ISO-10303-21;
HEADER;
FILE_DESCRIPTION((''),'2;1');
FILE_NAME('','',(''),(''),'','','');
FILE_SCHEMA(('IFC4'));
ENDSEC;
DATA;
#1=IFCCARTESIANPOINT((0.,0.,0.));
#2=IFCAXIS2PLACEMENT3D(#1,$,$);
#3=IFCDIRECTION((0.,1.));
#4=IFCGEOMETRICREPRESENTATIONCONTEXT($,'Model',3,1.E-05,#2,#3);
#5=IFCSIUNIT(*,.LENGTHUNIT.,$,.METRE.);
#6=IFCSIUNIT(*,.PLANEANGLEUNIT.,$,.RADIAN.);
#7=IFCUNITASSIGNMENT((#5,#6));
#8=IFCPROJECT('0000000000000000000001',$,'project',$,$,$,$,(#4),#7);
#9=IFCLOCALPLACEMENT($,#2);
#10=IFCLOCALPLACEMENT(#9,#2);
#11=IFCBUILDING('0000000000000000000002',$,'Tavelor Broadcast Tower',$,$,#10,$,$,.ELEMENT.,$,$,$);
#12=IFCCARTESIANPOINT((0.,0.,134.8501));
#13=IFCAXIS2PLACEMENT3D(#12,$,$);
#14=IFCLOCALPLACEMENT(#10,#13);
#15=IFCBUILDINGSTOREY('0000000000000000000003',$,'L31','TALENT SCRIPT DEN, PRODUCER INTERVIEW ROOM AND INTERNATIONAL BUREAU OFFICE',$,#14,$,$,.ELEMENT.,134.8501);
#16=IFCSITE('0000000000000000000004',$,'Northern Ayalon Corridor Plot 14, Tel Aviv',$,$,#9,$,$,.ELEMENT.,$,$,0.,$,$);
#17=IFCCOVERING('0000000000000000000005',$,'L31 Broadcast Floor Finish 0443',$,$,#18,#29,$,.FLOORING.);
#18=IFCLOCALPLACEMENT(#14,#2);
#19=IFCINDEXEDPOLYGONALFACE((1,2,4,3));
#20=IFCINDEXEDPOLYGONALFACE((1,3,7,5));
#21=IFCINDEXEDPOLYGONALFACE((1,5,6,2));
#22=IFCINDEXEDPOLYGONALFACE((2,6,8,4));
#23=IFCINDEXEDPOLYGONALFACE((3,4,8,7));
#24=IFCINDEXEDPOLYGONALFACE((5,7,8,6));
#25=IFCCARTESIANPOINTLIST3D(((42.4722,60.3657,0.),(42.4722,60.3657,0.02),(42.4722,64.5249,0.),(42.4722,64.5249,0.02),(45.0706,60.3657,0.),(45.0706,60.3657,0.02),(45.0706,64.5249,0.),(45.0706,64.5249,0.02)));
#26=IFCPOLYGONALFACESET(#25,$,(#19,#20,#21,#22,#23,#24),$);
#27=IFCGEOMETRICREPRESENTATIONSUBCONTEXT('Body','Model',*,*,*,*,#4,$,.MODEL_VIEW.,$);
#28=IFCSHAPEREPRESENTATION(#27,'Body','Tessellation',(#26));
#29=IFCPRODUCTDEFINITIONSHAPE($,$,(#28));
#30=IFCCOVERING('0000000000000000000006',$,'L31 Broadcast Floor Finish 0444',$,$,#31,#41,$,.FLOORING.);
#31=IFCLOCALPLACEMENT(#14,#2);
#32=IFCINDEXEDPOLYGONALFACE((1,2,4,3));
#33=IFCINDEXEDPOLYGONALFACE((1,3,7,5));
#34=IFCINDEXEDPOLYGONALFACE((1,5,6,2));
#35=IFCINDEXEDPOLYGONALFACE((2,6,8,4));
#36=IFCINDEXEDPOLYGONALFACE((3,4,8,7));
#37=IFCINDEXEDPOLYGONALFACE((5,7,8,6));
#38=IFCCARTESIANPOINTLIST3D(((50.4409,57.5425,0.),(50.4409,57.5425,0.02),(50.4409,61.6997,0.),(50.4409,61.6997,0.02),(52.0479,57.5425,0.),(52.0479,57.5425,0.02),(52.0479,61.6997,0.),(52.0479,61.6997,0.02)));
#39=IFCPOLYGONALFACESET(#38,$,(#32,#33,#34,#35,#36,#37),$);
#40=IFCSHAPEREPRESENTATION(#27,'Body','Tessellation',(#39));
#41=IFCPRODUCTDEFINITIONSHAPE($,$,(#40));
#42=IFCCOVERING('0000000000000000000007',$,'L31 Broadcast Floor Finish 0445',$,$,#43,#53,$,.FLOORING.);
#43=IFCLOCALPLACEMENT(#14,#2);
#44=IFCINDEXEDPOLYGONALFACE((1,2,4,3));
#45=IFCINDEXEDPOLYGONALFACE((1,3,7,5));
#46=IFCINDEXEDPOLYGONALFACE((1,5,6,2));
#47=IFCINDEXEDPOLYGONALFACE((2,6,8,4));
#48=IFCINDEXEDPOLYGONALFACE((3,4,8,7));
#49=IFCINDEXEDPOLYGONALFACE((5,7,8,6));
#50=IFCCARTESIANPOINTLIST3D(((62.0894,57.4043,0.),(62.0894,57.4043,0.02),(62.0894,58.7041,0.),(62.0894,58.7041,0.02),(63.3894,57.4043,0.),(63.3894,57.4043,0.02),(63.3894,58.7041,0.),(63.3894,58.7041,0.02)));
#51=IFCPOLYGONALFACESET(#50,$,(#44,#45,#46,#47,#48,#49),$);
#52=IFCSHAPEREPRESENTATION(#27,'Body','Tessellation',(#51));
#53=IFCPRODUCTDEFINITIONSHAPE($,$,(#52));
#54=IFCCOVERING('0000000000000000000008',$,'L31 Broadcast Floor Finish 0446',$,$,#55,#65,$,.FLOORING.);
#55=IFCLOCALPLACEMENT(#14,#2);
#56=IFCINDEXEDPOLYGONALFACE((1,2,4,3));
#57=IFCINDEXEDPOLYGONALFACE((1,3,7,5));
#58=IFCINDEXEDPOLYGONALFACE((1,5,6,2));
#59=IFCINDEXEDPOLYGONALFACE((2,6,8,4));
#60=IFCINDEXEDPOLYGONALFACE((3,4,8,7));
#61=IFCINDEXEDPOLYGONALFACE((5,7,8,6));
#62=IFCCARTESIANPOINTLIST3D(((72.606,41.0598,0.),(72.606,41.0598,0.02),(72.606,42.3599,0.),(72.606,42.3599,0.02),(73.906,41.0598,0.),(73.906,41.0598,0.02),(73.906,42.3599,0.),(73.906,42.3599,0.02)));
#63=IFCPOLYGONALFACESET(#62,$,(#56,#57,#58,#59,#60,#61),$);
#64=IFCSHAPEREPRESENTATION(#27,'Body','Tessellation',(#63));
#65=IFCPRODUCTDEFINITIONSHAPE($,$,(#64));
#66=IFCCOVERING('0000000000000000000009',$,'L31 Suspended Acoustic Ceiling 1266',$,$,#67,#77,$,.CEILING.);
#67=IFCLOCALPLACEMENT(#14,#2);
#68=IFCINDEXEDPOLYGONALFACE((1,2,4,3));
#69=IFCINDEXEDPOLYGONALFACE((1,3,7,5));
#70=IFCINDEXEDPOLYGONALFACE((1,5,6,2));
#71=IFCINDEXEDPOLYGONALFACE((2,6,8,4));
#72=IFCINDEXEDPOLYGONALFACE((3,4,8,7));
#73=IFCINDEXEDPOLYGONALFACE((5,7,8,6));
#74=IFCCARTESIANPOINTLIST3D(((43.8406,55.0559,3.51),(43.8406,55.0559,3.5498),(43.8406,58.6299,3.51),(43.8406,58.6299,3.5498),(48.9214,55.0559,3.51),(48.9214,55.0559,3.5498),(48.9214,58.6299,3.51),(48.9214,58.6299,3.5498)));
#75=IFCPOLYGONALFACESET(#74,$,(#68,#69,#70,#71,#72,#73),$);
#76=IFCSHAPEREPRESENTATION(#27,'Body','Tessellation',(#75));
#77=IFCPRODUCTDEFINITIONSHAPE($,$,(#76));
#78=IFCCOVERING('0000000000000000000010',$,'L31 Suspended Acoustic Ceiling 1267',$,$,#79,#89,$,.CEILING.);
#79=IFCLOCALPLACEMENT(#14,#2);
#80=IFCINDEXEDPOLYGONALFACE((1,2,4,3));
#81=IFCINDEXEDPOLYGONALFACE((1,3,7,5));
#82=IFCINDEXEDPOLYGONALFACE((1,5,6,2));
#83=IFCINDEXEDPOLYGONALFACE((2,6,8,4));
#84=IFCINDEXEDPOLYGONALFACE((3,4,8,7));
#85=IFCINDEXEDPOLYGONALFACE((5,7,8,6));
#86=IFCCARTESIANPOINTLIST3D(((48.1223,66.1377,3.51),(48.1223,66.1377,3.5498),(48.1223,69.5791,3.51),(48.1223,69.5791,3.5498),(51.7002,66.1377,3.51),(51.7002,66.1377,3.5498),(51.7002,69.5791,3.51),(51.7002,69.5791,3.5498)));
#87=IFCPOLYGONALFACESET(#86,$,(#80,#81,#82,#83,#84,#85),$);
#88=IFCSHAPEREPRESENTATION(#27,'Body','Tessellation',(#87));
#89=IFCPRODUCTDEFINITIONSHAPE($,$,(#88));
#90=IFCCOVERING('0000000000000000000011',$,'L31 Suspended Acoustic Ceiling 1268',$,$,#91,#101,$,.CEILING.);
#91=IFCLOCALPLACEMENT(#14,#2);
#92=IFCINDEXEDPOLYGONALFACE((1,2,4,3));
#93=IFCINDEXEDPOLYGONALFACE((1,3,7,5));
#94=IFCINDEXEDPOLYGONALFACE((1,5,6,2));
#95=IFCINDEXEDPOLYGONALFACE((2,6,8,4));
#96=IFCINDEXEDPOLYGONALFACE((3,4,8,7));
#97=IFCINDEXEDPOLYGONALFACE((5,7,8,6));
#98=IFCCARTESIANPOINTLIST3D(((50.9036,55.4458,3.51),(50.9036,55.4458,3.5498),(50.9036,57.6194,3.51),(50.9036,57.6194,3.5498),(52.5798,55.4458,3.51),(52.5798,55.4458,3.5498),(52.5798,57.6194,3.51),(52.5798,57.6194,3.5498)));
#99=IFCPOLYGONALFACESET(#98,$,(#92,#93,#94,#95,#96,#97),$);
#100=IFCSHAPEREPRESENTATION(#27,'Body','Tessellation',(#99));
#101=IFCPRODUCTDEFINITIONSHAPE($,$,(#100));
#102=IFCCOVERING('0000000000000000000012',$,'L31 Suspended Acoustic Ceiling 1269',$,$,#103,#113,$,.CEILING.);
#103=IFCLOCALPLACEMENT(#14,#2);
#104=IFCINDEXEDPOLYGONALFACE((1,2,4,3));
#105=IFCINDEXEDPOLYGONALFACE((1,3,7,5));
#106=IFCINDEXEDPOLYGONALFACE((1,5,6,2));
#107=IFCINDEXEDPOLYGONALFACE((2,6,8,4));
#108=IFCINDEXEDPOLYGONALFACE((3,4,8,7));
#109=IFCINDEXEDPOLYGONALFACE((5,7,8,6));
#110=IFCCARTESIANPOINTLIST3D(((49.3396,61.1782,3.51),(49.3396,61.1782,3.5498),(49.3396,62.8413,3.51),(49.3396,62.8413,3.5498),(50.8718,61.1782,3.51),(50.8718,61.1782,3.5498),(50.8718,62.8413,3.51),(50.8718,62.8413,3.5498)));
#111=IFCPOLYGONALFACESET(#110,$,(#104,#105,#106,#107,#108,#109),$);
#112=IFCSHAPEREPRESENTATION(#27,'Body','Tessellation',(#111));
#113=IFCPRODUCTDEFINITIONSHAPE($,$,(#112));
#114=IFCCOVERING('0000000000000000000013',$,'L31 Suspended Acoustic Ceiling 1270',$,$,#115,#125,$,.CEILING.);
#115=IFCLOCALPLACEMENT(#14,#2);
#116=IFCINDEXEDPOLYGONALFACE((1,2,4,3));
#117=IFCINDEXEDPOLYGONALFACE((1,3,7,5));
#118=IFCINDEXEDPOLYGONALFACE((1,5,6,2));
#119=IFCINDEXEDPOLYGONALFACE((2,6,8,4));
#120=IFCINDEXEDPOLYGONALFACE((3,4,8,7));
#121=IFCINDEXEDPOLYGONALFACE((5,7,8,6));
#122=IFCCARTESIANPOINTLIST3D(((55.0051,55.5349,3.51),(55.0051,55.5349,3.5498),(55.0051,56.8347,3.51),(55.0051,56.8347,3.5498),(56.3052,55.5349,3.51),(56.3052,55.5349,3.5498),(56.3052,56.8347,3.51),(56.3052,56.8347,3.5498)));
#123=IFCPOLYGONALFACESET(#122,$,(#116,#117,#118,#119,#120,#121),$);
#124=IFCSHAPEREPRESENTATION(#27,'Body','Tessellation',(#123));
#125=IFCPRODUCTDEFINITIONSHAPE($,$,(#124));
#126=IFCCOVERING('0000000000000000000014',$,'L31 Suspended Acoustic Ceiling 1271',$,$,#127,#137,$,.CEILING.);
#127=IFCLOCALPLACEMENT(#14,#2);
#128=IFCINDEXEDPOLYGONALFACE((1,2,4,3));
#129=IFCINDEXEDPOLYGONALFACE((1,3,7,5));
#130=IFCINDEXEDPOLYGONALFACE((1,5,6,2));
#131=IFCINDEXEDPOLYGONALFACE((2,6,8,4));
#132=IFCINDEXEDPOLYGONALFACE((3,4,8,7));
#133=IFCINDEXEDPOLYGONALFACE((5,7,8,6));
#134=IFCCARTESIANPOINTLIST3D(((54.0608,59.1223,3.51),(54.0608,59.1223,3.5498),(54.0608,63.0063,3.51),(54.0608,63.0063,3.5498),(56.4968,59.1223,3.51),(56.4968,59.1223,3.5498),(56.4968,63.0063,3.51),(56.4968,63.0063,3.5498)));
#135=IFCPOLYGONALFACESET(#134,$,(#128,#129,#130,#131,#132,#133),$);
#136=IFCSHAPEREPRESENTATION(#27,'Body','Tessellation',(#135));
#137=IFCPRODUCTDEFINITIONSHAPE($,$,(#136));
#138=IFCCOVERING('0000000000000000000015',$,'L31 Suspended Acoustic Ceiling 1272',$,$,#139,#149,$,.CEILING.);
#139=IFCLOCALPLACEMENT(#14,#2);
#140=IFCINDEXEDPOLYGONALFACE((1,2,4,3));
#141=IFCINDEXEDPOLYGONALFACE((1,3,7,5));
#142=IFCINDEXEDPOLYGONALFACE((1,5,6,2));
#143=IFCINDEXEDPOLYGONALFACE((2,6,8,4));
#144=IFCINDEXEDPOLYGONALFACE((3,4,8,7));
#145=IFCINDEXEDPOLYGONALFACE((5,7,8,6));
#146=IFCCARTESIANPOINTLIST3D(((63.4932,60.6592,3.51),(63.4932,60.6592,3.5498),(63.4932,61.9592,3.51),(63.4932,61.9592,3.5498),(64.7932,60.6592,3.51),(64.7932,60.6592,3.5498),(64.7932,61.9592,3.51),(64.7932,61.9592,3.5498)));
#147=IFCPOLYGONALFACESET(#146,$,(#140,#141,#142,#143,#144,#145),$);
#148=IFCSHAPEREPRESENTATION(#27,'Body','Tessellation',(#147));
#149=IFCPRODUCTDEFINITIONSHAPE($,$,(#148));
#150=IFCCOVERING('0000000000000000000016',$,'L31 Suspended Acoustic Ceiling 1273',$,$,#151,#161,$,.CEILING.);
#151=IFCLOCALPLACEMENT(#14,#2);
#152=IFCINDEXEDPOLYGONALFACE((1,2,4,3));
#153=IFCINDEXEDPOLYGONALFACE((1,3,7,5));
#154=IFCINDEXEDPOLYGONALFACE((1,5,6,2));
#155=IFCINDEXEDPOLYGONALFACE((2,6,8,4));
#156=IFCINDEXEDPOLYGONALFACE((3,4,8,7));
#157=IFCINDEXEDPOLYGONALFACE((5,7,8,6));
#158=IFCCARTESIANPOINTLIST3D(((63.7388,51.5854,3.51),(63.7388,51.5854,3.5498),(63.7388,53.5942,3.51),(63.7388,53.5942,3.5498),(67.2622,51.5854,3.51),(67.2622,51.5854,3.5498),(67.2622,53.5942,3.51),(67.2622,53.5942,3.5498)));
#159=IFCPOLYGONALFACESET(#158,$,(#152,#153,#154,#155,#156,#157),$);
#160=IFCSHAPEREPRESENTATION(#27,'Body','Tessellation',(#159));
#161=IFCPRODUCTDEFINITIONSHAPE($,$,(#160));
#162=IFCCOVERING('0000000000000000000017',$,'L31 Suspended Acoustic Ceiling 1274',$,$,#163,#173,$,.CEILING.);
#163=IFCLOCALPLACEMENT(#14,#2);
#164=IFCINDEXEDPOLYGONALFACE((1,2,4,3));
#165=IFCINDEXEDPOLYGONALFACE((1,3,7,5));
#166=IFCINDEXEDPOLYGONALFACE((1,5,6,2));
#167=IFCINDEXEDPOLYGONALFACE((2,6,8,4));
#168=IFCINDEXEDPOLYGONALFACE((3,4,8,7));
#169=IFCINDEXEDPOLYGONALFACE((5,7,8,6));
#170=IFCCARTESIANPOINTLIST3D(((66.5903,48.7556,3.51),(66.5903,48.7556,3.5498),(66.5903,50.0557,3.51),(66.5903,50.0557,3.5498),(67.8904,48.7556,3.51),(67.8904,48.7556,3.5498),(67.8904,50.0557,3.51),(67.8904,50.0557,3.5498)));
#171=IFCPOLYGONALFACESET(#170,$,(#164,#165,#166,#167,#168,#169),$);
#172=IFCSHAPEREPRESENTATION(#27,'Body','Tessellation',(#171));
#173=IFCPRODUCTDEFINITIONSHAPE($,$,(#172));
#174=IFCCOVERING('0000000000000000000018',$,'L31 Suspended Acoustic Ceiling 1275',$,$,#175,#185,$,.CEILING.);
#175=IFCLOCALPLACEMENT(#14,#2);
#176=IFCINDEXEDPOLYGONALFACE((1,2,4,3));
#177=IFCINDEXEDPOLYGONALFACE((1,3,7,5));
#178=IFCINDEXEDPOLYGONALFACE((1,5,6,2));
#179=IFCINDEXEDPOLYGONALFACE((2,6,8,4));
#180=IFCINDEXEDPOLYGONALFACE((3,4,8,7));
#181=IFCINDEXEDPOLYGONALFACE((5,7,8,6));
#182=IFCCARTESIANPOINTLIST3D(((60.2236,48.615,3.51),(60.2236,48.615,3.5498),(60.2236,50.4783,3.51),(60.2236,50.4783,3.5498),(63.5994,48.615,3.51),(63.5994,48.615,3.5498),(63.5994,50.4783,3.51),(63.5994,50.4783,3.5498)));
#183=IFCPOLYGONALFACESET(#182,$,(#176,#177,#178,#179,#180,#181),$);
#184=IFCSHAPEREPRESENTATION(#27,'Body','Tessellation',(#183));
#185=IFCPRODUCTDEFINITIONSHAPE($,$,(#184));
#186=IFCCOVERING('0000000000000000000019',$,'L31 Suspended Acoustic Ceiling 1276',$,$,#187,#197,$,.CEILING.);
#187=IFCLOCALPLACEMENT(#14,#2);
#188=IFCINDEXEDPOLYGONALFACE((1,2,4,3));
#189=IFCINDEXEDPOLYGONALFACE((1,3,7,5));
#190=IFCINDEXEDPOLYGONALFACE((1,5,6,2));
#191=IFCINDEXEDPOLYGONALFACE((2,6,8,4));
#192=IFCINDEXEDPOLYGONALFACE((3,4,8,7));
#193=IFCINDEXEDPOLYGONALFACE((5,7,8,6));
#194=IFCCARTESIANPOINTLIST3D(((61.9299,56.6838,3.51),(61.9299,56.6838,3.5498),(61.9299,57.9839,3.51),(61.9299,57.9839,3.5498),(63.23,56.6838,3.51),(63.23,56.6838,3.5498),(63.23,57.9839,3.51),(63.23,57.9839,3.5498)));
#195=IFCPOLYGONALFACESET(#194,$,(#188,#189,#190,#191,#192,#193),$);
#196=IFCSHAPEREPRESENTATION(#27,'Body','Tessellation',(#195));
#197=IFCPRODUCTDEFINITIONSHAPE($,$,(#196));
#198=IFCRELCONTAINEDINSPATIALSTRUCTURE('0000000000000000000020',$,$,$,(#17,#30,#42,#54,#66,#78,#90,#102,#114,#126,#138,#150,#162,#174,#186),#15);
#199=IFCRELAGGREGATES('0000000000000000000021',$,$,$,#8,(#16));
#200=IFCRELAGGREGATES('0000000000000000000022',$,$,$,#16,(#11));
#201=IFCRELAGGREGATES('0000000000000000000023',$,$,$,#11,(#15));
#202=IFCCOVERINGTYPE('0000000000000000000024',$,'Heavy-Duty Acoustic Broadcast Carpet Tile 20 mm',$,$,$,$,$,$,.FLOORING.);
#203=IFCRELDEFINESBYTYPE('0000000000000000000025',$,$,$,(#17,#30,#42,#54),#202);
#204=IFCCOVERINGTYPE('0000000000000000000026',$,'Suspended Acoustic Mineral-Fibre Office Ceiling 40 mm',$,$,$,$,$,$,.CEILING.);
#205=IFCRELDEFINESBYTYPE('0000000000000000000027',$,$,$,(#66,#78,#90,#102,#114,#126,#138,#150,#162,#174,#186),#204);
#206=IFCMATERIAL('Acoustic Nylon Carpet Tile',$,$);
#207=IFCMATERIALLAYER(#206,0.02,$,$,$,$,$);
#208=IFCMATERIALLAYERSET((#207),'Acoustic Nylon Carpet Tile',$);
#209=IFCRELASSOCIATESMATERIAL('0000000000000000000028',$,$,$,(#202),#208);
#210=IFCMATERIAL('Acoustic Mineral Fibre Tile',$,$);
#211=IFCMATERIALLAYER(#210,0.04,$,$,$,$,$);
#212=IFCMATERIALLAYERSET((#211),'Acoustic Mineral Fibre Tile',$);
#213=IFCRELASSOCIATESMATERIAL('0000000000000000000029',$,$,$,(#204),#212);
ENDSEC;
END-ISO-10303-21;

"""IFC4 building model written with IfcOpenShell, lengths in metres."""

from ifc_helpers import new_model, si_unit, direction, frame, origin, place, context, subcontext, project, spatial, polyline, outline, extrude, material, layer, layer_set, type_object, element, save


model = new_model("IFC4")

# Units and contexts
model_context = context("Model", 3, precision=1e-05, world=origin(), true_north=direction((0.0, 1.0)))
body_context = subcontext(model_context, "Body", "Model", "MODEL_VIEW")
ifc_project = project(units=[si_unit("LENGTHUNIT", "METRE"), si_unit("PLANEANGLEUNIT", "RADIAN")], contexts=[model_context])

# Site, building, storey
site_placement = place(None, origin())
site = spatial("IfcSite", under=ifc_project, at=site_placement, Name="Northern Ayalon Corridor Plot 14, Tel Aviv", CompositionType="ELEMENT", RefElevation=0.0)
building_placement = place(site_placement, origin())
building = spatial("IfcBuilding", under=site, at=building_placement, Name="Tavelor Broadcast Tower", CompositionType="ELEMENT")
storey_placement = place(building_placement, frame((0.0, 0.0, 134.8501)))
storey = spatial("IfcBuildingStorey", under=building, at=storey_placement, Name="L31", Description="TALENT SCRIPT DEN, PRODUCER INTERVIEW ROOM AND INTERNATIONAL BUREAU OFFICE", CompositionType="ELEMENT", Elevation=134.8501)

# Coverings
ifc_material_1 = material(Name="Acoustic Nylon Carpet Tile")
ifc_layer_1 = layer(ifc_material_1, 0.02)
ifc_layer_set_1 = layer_set([ifc_layer_1], Name="Acoustic Nylon Carpet Tile")
covering_type_1 = type_object("IfcCoveringType", Name="Heavy-Duty Acoustic Broadcast Carpet Tile 20 mm", PredefinedType="FLOORING", material=ifc_layer_set_1)
covering_1_placement = place(storey_placement, origin())
element("IfcCovering", 1, at=covering_1_placement, inside=storey, type_object=covering_type_1, Name="L31 Broadcast Floor Finish 0443", PredefinedType="FLOORING", context=body_context, shape_type="SweptSolid", body=[
    extrude(outline(polyline([(42.4722, 60.3657), (45.0706, 60.3657), (45.0706, 64.5249), (42.4722, 64.5249), (42.4722, 60.3657)])), origin(), (0.0, 0.0, 1.0), 0.02),
])
covering_2_placement = place(storey_placement, origin())
element("IfcCovering", 2, at=covering_2_placement, inside=storey, type_object=covering_type_1, Name="L31 Broadcast Floor Finish 0444", PredefinedType="FLOORING", context=body_context, shape_type="SweptSolid", body=[
    extrude(outline(polyline([(50.4409, 57.5425), (52.0479, 57.5425), (52.0479, 61.6997), (50.4409, 61.6997), (50.4409, 57.5425)])), origin(), (0.0, 0.0, 1.0), 0.02),
])
covering_3_placement = place(storey_placement, origin())
element("IfcCovering", 3, at=covering_3_placement, inside=storey, type_object=covering_type_1, Name="L31 Broadcast Floor Finish 0445", PredefinedType="FLOORING", context=body_context, shape_type="SweptSolid", body=[
    extrude(outline(polyline([(62.0894, 57.4043), (63.3894, 57.4043), (63.3894, 58.7041), (62.0894, 58.7041), (62.0894, 57.4043)])), origin(), (0.0, 0.0, 1.0), 0.02),
])
covering_4_placement = place(storey_placement, origin())
element("IfcCovering", 4, at=covering_4_placement, inside=storey, type_object=covering_type_1, Name="L31 Broadcast Floor Finish 0446", PredefinedType="FLOORING", context=body_context, shape_type="SweptSolid", body=[
    extrude(outline(polyline([(72.606, 41.0598), (73.906, 41.0598), (73.906, 42.3599), (72.606, 42.3599), (72.606, 41.0598)])), origin(), (0.0, 0.0, 1.0), 0.02),
])
ifc_material_2 = material(Name="Acoustic Mineral Fibre Tile")
ifc_layer_2 = layer(ifc_material_2, 0.04)
ifc_layer_set_2 = layer_set([ifc_layer_2], Name="Acoustic Mineral Fibre Tile")
covering_type_2 = type_object("IfcCoveringType", Name="Suspended Acoustic Mineral-Fibre Office Ceiling 40 mm", PredefinedType="CEILING", material=ifc_layer_set_2)
covering_5_placement = place(storey_placement, frame((0.0, 0.0, 3.51)))
element("IfcCovering", 5, at=covering_5_placement, inside=storey, type_object=covering_type_2, Name="L31 Suspended Acoustic Ceiling 1266", PredefinedType="CEILING", context=body_context, shape_type="SweptSolid", body=[
    extrude(outline(polyline([(43.8406, 55.0559), (48.9214, 55.0559), (48.9214, 58.6299), (43.8406, 58.6299), (43.8406, 55.0559)])), origin(), (0.0, 0.0, 1.0), 0.0398),
])
covering_6_placement = place(storey_placement, frame((0.0, 0.0, 3.51)))
element("IfcCovering", 6, at=covering_6_placement, inside=storey, type_object=covering_type_2, Name="L31 Suspended Acoustic Ceiling 1267", PredefinedType="CEILING", context=body_context, shape_type="SweptSolid", body=[
    extrude(outline(polyline([(48.1223, 66.1377), (51.7002, 66.1377), (51.7002, 69.5791), (48.1223, 69.5791), (48.1223, 66.1377)])), origin(), (0.0, 0.0, 1.0), 0.0398),
])
covering_7_placement = place(storey_placement, frame((0.0, 0.0, 3.51)))
element("IfcCovering", 7, at=covering_7_placement, inside=storey, type_object=covering_type_2, Name="L31 Suspended Acoustic Ceiling 1268", PredefinedType="CEILING", context=body_context, shape_type="SweptSolid", body=[
    extrude(outline(polyline([(50.9036, 55.4458), (52.5798, 55.4458), (52.5798, 57.6194), (50.9036, 57.6194), (50.9036, 55.4458)])), origin(), (0.0, 0.0, 1.0), 0.0398),
])
covering_8_placement = place(storey_placement, frame((0.0, 0.0, 3.51)))
element("IfcCovering", 8, at=covering_8_placement, inside=storey, type_object=covering_type_2, Name="L31 Suspended Acoustic Ceiling 1269", PredefinedType="CEILING", context=body_context, shape_type="SweptSolid", body=[
    extrude(outline(polyline([(49.3396, 61.1782), (50.8718, 61.1782), (50.8718, 62.8413), (49.3396, 62.8413), (49.3396, 61.1782)])), origin(), (0.0, 0.0, 1.0), 0.0398),
])
covering_9_placement = place(storey_placement, frame((0.0, 0.0, 3.51)))
element("IfcCovering", 9, at=covering_9_placement, inside=storey, type_object=covering_type_2, Name="L31 Suspended Acoustic Ceiling 1270", PredefinedType="CEILING", context=body_context, shape_type="SweptSolid", body=[
    extrude(outline(polyline([(55.0051, 55.5349), (56.3052, 55.5349), (56.3052, 56.8347), (55.0051, 56.8347), (55.0051, 55.5349)])), origin(), (0.0, 0.0, 1.0), 0.0398),
])
covering_10_placement = place(storey_placement, frame((0.0, 0.0, 3.51)))
element("IfcCovering", 10, at=covering_10_placement, inside=storey, type_object=covering_type_2, Name="L31 Suspended Acoustic Ceiling 1271", PredefinedType="CEILING", context=body_context, shape_type="SweptSolid", body=[
    extrude(outline(polyline([(54.0608, 59.1223), (56.4968, 59.1223), (56.4968, 63.0063), (54.0608, 63.0063), (54.0608, 59.1223)])), origin(), (0.0, 0.0, 1.0), 0.0398),
])
covering_11_placement = place(storey_placement, frame((0.0, 0.0, 3.51)))
element("IfcCovering", 11, at=covering_11_placement, inside=storey, type_object=covering_type_2, Name="L31 Suspended Acoustic Ceiling 1272", PredefinedType="CEILING", context=body_context, shape_type="SweptSolid", body=[
    extrude(outline(polyline([(63.4932, 60.6592), (64.7932, 60.6592), (64.7932, 61.9592), (63.4932, 61.9592), (63.4932, 60.6592)])), origin(), (0.0, 0.0, 1.0), 0.0398),
])
covering_12_placement = place(storey_placement, frame((0.0, 0.0, 3.51)))
element("IfcCovering", 12, at=covering_12_placement, inside=storey, type_object=covering_type_2, Name="L31 Suspended Acoustic Ceiling 1273", PredefinedType="CEILING", context=body_context, shape_type="SweptSolid", body=[
    extrude(outline(polyline([(63.7388, 51.5854), (67.2622, 51.5854), (67.2622, 53.5942), (63.7388, 53.5942), (63.7388, 51.5854)])), origin(), (0.0, 0.0, 1.0), 0.0398),
])
covering_13_placement = place(storey_placement, frame((0.0, 0.0, 3.51)))
element("IfcCovering", 13, at=covering_13_placement, inside=storey, type_object=covering_type_2, Name="L31 Suspended Acoustic Ceiling 1274", PredefinedType="CEILING", context=body_context, shape_type="SweptSolid", body=[
    extrude(outline(polyline([(66.5903, 48.7556), (67.8904, 48.7556), (67.8904, 50.0557), (66.5903, 50.0557), (66.5903, 48.7556)])), origin(), (0.0, 0.0, 1.0), 0.0398),
])
covering_14_placement = place(storey_placement, frame((0.0, 0.0, 3.51)))
element("IfcCovering", 14, at=covering_14_placement, inside=storey, type_object=covering_type_2, Name="L31 Suspended Acoustic Ceiling 1275", PredefinedType="CEILING", context=body_context, shape_type="SweptSolid", body=[
    extrude(outline(polyline([(60.2236, 48.615), (63.5994, 48.615), (63.5994, 50.4783), (60.2236, 50.4783), (60.2236, 48.615)])), origin(), (0.0, 0.0, 1.0), 0.0398),
])
covering_15_placement = place(storey_placement, frame((0.0, 0.0, 3.51)))
element("IfcCovering", 15, at=covering_15_placement, inside=storey, type_object=covering_type_2, Name="L31 Suspended Acoustic Ceiling 1276", PredefinedType="CEILING", context=body_context, shape_type="SweptSolid", body=[
    extrude(outline(polyline([(61.9299, 56.6838), (63.23, 56.6838), (63.23, 57.9839), (61.9299, 57.9839), (61.9299, 56.6838)])), origin(), (0.0, 0.0, 1.0), 0.0398),
])

save(model, "model.ifc")
